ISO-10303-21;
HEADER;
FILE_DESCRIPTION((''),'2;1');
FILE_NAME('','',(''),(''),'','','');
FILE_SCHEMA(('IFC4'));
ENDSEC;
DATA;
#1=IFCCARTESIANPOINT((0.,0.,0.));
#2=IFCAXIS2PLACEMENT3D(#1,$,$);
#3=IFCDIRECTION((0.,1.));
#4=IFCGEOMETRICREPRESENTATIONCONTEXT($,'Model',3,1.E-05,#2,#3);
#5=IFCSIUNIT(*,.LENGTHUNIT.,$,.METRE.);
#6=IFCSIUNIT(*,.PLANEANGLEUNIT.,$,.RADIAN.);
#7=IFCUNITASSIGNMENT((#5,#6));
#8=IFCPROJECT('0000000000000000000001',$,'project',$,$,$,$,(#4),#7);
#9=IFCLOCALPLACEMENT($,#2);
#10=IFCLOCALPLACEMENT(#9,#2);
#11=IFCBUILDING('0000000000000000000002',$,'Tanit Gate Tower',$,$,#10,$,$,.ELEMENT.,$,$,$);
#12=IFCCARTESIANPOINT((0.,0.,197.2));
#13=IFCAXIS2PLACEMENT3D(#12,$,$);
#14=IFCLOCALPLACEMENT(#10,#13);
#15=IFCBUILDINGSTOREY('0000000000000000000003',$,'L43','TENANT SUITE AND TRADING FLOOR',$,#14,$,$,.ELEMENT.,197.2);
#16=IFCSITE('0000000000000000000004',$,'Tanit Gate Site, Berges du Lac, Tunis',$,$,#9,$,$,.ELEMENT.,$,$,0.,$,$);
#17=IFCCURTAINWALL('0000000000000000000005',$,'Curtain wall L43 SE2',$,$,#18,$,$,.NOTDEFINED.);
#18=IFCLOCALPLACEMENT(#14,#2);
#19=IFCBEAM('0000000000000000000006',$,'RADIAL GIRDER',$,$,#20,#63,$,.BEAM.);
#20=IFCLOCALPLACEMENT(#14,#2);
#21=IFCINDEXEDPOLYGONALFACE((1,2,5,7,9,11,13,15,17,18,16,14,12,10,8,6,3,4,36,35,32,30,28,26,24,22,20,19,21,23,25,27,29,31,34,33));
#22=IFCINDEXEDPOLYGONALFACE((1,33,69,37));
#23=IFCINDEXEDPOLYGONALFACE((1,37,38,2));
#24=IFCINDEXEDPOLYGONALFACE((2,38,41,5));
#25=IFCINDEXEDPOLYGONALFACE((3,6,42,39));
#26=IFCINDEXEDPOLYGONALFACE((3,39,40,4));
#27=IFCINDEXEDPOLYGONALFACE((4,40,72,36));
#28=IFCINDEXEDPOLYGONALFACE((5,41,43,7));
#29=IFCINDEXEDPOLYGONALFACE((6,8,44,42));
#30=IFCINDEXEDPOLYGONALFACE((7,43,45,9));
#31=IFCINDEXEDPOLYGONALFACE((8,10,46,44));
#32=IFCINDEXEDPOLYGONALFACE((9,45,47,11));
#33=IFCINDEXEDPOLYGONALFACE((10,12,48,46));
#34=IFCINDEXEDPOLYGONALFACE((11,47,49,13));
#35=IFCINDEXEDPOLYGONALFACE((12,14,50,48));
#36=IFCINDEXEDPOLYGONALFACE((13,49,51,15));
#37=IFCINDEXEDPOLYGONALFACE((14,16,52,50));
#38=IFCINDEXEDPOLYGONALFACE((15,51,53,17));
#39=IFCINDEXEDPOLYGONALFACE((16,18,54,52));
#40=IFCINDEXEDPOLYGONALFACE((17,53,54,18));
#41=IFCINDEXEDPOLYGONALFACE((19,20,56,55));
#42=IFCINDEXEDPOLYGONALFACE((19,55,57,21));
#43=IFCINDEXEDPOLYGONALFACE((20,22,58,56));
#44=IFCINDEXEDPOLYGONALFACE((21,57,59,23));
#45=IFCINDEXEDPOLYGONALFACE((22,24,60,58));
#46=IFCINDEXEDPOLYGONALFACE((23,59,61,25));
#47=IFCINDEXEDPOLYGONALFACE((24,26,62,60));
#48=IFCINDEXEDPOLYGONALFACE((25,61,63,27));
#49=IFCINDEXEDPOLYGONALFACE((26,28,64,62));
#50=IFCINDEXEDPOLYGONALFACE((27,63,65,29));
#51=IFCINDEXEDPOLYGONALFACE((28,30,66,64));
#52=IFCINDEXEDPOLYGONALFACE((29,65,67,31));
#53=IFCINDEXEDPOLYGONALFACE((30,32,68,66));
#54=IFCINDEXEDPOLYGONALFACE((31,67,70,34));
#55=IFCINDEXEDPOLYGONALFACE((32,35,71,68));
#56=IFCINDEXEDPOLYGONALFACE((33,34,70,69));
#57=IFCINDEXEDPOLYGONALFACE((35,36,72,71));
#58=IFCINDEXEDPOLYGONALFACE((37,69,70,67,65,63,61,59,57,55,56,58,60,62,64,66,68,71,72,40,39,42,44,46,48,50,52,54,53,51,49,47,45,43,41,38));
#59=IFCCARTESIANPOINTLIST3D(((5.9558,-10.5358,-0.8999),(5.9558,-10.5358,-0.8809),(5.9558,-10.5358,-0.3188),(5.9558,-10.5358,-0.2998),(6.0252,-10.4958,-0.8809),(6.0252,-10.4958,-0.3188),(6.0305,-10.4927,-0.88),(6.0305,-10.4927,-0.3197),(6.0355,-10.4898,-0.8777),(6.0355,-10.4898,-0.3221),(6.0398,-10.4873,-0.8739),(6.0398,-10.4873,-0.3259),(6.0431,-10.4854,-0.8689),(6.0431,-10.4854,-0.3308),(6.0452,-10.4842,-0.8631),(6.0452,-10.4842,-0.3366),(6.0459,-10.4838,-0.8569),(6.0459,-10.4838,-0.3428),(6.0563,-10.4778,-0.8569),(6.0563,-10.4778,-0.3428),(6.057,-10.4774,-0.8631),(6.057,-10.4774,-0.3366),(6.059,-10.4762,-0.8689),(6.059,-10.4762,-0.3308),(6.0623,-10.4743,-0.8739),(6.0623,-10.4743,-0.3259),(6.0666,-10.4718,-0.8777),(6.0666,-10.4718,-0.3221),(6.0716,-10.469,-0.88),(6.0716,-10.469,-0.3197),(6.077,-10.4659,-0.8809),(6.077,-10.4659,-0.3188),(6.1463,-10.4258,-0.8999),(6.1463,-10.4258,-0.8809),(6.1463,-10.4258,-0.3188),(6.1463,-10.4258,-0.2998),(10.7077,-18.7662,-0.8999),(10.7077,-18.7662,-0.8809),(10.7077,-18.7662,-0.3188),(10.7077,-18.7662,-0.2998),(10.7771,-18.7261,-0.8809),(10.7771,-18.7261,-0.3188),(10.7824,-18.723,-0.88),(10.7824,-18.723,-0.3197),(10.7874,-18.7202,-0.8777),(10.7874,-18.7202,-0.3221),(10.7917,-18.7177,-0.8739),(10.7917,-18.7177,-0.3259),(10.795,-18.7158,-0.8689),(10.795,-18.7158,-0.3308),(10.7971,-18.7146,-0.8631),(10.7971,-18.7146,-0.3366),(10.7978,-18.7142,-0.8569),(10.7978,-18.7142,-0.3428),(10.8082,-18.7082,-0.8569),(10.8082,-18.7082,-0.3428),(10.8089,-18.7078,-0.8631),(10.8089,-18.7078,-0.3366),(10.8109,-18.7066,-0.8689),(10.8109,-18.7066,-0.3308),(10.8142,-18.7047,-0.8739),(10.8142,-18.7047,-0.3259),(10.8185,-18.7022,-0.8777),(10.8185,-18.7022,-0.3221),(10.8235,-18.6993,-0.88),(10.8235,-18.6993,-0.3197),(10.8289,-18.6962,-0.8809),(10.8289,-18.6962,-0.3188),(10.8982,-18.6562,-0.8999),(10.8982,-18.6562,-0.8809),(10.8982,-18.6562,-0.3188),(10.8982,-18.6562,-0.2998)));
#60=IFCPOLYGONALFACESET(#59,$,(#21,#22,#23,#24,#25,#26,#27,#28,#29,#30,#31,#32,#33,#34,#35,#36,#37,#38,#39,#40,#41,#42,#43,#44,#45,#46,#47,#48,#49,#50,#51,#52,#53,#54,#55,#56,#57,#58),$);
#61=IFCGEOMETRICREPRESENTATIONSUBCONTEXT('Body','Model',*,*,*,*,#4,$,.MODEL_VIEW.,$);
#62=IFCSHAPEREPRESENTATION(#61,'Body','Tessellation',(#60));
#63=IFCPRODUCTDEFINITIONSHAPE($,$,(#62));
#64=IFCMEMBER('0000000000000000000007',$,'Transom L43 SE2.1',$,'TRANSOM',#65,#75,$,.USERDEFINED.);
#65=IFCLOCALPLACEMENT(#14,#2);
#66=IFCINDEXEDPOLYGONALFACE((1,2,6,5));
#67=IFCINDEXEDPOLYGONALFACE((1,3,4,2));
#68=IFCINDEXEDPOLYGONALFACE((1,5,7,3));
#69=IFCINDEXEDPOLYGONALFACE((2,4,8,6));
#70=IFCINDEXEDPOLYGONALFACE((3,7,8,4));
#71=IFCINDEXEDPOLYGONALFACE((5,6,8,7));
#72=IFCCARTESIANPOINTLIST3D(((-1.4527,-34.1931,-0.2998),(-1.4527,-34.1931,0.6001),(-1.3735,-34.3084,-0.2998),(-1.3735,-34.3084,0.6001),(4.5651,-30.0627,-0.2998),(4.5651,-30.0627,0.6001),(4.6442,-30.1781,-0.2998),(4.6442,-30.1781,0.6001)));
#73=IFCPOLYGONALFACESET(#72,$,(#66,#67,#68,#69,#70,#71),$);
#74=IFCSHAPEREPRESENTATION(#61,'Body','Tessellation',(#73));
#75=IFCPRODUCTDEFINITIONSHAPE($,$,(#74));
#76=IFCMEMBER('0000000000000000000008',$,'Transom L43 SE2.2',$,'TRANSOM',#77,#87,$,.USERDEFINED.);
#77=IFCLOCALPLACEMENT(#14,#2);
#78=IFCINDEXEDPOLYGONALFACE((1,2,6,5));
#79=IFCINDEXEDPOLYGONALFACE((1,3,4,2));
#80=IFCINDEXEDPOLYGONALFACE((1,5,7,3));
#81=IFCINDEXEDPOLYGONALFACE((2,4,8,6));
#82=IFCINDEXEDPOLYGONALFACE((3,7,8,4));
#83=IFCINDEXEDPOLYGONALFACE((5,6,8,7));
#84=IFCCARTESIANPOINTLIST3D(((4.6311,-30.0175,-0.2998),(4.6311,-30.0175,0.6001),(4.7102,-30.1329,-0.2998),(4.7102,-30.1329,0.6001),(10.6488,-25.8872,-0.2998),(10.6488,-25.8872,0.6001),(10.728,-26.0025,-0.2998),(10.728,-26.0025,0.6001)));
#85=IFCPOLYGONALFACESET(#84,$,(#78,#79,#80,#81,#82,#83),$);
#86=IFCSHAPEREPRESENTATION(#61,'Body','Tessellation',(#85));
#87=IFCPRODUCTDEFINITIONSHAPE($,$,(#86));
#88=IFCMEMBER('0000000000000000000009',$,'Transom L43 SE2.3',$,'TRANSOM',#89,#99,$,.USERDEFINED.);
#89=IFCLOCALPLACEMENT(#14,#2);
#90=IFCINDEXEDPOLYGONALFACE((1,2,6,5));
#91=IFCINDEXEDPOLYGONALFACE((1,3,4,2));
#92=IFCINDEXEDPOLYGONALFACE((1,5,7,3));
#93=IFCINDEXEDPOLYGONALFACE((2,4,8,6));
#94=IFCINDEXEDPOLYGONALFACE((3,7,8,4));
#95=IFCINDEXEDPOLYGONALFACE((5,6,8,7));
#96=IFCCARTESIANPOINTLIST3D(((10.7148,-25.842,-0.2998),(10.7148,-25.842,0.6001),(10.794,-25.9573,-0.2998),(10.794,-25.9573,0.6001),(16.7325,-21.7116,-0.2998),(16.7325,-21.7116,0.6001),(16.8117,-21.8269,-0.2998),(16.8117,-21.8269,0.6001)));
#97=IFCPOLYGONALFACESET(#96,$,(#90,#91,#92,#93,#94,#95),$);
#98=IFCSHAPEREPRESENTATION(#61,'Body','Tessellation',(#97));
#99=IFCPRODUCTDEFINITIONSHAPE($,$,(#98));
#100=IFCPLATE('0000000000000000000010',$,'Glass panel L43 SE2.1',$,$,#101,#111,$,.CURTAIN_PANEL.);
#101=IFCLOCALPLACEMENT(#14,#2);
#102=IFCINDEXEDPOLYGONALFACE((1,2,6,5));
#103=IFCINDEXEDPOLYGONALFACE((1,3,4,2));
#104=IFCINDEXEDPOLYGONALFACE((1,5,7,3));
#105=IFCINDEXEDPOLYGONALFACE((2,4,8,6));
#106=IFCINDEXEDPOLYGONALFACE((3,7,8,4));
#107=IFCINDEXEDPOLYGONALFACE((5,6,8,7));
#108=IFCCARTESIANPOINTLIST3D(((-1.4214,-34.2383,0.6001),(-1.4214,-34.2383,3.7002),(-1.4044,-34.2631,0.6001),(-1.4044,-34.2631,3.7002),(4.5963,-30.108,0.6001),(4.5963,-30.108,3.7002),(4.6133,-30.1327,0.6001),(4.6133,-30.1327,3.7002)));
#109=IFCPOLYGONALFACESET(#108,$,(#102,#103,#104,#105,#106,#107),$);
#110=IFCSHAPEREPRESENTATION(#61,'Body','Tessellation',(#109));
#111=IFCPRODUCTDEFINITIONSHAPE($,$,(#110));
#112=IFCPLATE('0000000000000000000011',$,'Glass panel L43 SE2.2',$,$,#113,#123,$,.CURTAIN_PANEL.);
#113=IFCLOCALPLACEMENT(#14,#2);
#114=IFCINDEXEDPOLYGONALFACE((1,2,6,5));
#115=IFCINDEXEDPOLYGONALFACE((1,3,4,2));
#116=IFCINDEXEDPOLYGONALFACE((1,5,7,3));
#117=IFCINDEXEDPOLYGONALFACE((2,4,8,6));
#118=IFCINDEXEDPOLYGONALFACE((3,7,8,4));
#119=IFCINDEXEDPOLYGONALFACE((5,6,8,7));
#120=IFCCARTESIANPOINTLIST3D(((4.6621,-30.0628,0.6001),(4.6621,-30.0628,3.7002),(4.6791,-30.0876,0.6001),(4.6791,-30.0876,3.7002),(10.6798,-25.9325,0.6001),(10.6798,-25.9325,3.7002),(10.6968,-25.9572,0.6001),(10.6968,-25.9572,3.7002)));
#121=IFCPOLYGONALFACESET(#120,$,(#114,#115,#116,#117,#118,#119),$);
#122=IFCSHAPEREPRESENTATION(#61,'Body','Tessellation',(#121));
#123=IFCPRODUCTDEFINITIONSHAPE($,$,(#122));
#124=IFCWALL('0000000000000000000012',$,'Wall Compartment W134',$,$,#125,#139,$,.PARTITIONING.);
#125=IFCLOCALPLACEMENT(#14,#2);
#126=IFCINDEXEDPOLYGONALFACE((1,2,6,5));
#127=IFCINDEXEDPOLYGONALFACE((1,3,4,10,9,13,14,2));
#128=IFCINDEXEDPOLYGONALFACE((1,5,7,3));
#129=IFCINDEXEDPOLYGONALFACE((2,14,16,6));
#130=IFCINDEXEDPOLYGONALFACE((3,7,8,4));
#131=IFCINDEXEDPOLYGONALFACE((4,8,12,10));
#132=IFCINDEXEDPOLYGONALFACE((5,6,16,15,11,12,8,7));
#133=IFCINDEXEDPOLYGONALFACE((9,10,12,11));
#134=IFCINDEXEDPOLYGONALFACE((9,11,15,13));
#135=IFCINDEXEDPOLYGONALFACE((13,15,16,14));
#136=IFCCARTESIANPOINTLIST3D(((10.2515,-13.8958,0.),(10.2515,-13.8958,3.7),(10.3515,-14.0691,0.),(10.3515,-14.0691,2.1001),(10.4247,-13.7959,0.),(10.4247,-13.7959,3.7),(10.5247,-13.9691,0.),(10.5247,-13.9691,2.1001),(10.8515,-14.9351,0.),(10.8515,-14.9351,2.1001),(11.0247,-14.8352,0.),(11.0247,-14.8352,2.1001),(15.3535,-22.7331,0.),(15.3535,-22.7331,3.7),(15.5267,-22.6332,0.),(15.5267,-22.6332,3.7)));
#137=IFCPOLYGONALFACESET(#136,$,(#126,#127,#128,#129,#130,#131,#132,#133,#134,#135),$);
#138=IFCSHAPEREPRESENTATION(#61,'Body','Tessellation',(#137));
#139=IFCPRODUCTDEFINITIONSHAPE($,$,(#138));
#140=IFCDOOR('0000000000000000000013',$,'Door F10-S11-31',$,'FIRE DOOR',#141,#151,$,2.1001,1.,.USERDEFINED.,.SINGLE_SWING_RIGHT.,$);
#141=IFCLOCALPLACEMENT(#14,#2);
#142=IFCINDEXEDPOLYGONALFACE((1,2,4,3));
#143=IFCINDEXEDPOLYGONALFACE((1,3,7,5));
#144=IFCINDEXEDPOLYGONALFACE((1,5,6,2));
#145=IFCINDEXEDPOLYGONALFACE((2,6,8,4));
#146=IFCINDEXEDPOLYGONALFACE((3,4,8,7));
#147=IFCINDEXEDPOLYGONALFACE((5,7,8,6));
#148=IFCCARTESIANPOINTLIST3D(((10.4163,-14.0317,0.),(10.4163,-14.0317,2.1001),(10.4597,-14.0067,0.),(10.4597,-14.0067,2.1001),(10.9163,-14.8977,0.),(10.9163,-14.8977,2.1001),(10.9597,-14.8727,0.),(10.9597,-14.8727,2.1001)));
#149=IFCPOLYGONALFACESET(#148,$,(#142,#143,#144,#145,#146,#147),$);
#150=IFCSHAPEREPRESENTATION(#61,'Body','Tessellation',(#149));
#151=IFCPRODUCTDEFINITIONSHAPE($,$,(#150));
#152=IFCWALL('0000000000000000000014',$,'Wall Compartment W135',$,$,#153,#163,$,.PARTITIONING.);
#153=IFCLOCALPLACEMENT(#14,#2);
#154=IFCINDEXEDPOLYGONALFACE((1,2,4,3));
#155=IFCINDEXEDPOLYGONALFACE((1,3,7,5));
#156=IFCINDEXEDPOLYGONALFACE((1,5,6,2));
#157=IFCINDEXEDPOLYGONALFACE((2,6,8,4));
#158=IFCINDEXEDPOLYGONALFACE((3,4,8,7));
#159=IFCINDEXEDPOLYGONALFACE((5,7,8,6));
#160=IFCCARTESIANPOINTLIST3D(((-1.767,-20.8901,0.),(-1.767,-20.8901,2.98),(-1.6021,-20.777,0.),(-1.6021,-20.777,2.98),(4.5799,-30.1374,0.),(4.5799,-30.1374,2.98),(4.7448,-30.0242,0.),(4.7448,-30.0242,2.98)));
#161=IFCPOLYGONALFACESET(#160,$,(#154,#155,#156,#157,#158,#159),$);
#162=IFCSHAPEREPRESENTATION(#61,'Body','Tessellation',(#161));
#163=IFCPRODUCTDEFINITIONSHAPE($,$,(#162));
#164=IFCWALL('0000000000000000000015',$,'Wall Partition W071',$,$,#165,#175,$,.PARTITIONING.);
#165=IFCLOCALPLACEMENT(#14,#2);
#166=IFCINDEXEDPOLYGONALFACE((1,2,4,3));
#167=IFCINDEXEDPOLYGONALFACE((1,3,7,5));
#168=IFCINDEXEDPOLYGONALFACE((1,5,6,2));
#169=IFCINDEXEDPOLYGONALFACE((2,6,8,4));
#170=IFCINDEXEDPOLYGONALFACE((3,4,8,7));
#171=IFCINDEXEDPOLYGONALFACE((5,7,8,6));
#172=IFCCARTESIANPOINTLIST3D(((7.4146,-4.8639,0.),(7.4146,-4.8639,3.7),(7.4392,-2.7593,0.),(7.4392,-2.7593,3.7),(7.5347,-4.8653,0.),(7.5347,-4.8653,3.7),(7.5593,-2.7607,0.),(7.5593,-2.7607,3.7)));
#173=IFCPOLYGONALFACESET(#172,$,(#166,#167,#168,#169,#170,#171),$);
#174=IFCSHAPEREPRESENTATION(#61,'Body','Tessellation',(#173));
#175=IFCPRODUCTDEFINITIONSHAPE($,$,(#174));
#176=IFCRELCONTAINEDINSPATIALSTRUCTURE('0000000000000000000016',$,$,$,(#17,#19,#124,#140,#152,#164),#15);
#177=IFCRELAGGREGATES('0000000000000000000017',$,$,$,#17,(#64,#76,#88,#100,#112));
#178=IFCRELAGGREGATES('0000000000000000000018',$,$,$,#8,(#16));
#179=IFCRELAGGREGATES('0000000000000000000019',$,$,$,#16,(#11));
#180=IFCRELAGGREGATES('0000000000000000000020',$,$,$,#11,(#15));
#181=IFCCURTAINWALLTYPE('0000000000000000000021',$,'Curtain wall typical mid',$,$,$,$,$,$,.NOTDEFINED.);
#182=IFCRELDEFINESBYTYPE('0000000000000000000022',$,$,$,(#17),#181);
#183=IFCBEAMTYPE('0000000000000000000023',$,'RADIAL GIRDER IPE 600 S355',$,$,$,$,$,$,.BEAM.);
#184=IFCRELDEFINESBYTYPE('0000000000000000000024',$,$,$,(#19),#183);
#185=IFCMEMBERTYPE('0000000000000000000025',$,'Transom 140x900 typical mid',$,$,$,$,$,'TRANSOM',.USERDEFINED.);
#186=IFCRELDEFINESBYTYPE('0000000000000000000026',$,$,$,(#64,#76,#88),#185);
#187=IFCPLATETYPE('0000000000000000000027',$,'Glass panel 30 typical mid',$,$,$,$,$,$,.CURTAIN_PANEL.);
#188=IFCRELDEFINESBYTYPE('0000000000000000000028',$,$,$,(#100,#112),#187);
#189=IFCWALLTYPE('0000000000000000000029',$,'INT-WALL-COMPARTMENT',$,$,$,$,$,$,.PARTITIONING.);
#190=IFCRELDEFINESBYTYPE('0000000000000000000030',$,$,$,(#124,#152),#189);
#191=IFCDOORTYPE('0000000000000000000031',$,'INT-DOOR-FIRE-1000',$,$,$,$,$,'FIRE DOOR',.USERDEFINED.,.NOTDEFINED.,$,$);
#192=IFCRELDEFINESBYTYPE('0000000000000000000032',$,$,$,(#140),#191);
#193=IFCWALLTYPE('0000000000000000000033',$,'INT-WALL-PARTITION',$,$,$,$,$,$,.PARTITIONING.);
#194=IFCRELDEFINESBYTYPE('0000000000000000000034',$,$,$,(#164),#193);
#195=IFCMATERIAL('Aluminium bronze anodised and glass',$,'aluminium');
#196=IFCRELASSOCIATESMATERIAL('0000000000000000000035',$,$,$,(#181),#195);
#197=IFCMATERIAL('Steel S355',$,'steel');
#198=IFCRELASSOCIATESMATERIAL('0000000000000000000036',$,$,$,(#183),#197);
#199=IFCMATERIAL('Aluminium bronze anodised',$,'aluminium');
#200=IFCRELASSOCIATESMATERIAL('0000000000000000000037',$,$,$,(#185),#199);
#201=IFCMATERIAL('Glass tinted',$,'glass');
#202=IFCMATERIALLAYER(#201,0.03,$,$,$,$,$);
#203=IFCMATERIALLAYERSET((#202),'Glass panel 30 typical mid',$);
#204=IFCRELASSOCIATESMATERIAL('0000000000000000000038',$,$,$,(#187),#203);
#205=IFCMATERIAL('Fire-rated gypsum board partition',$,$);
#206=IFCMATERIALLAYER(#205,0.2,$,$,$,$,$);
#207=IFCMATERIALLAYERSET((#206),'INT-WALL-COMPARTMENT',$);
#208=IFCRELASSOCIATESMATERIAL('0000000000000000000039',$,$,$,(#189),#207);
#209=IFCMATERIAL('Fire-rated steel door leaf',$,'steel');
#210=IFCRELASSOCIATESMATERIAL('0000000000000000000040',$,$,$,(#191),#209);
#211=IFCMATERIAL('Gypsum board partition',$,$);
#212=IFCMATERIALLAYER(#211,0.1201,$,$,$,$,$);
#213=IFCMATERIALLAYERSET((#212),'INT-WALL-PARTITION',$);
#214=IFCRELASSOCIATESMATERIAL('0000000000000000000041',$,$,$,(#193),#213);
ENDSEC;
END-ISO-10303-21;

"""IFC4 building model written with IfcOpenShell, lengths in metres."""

from ifc_helpers import new_model, si_unit, direction, frame, frame_2d, origin, origin_2d, place, context, subcontext, project, spatial, rectangle, i_section, extrude, material, layer, layer_set, material_profile, profile_set, type_object, element, fill, aggregate, save


model = new_model("IFC4")

# Units and contexts
model_context = context("Model", 3, precision=1e-05, world=origin(), true_north=direction((0.0, 1.0)))
body_context = subcontext(model_context, "Body", "Model", "MODEL_VIEW")
ifc_project = project(units=[si_unit("LENGTHUNIT", "METRE"), si_unit("PLANEANGLEUNIT", "RADIAN")], contexts=[model_context])

# Site, building, storey
site_placement = place(None, origin())
site = spatial("IfcSite", under=ifc_project, at=site_placement, Name="Tanit Gate Site, Berges du Lac, Tunis", CompositionType="ELEMENT", RefElevation=0.0)
building_placement = place(site_placement, origin())
building = spatial("IfcBuilding", under=site, at=building_placement, Name="Tanit Gate Tower", CompositionType="ELEMENT")
storey_placement = place(building_placement, frame((0.0, 0.0, 197.2)))
storey = spatial("IfcBuildingStorey", under=building, at=storey_placement, Name="L43", Description="TENANT SUITE AND TRADING FLOOR", CompositionType="ELEMENT", Elevation=197.2)

# Curtain wall
ifc_material_1 = material(Name="Aluminium bronze anodised and glass", Category="aluminium")
curtain_wall_type = type_object("IfcCurtainWallType", Name="Curtain wall typical mid", PredefinedType="NOTDEFINED", material=ifc_material_1)
curtain_wall_1_placement = place(storey_placement, origin())
curtain_wall_1 = element("IfcCurtainWall", 1, at=curtain_wall_1_placement, inside=storey, type_object=curtain_wall_type, Name="Curtain wall L43 SE2", PredefinedType="NOTDEFINED")

# Beam
ifc_material_2 = material(Name="Steel S355", Category="steel")
ifc_material_profile_1 = material_profile(ifc_material_2, i_section(OverallWidth=0.22, OverallDepth=0.6001, WebThickness=0.012, FlangeThickness=0.019, FilletRadius=0.0239, at=origin_2d()), Name="IPE 600")
ifc_profile_set_1 = profile_set([ifc_material_profile_1], Name="Steel S355")
beam_type_1 = type_object("IfcBeamType", Name="RADIAL GIRDER IPE 600 S355", PredefinedType="BEAM", material=ifc_profile_set_1)
beam_1_placement = place(storey_placement, frame((10.803, -18.7112, -0.5999), z_axis=(-0.500007, 0.866021, 0.0), x_axis=(-0.866021, -0.500007, 0.0)))
element("IfcBeam", 2, at=beam_1_placement, inside=storey, type_object=beam_type_1, Name="RADIAL GIRDER", PredefinedType="BEAM", context=body_context, shape_type="SweptSolid", body=[
    extrude(i_section(OverallWidth=0.22, OverallDepth=0.6001, WebThickness=0.012, FlangeThickness=0.019, FilletRadius=0.0239, at=origin_2d()), origin(), (0.0, 0.0, 1.0), 9.5037),
])

# Members
ifc_material_3 = material(Name="Aluminium bronze anodised", Category="aluminium")
ifc_material_profile_2 = material_profile(ifc_material_3, rectangle(XDim=0.1399, YDim=0.8999, at=origin_2d()), Name="140x900 bronze transom")
ifc_profile_set_2 = profile_set([ifc_material_profile_2], Name="Aluminium bronze anodised")
member_type_1 = type_object("IfcMemberType", Name="Transom 140x900 typical mid", ElementType="TRANSOM", PredefinedType="USERDEFINED", material=ifc_profile_set_2)
member_1_placement = place(storey_placement, frame((-1.4131, -34.2507, 0.1501), z_axis=(0.824482, 0.565888, 0.0), x_axis=(-0.565888, 0.824482, 0.0)))
member_1 = element("IfcMember", 3, at=member_1_placement, type_object=member_type_1, Name="Transom L43 SE2.1", ObjectType="TRANSOM", PredefinedType="USERDEFINED", context=body_context, shape_type="SweptSolid", body=[
    extrude(rectangle(XDim=0.1399, YDim=0.8999, at=origin_2d()), origin(), (0.0, 0.0, 1.0), 7.2988),
])
member_2_placement = place(storey_placement, frame((4.6707, -30.0752, 0.1501), z_axis=(0.824482, 0.565888, 0.0), x_axis=(-0.565888, 0.824482, 0.0)))
member_2 = element("IfcMember", 4, at=member_2_placement, type_object=member_type_1, Name="Transom L43 SE2.2", ObjectType="TRANSOM", PredefinedType="USERDEFINED", context=body_context, shape_type="SweptSolid", body=[
    extrude(rectangle(XDim=0.1399, YDim=0.8999, at=origin_2d()), origin(), (0.0, 0.0, 1.0), 7.2988),
])
member_3_placement = place(storey_placement, frame((10.7544, -25.8997, 0.1501), z_axis=(0.824471, 0.565904, 0.0), x_axis=(-0.565904, 0.824471, 0.0)))
member_3 = element("IfcMember", 5, at=member_3_placement, type_object=member_type_1, Name="Transom L43 SE2.3", ObjectType="TRANSOM", PredefinedType="USERDEFINED", context=body_context, shape_type="SweptSolid", body=[
    extrude(rectangle(XDim=0.1399, YDim=0.8999, at=origin_2d()), origin(), (0.0, 0.0, 1.0), 7.2988),
])

# Plates
ifc_material_4 = material(Name="Glass tinted", Category="glass")
ifc_layer_1 = layer(ifc_material_4, 0.03)
ifc_layer_set_1 = layer_set([ifc_layer_1], Name="Glass panel 30 typical mid")
plate_type = type_object("IfcPlateType", Name="Glass panel 30 typical mid", PredefinedType="CURTAIN_PANEL", material=ifc_layer_set_1)
plate_1_placement = place(storey_placement, frame((1.5959, -32.1855, 0.6001), z_axis=(0.0, 0.0, 1.0), x_axis=(0.824479, 0.565893, 0.0)))
plate_1 = element("IfcPlate", 6, at=plate_1_placement, type_object=plate_type, Name="Glass panel L43 SE2.1", PredefinedType="CURTAIN_PANEL", context=body_context, shape_type="SweptSolid", body=[
    extrude(rectangle(XDim=7.2988, YDim=0.03, at=origin_2d()), origin(), (0.0, 0.0, 1.0), 3.1001),
])
plate_2_placement = place(storey_placement, frame((7.6794, -28.01, 0.6001), z_axis=(0.0, 0.0, 1.0), x_axis=(0.824479, 0.565893, 0.0)))
plate_2 = element("IfcPlate", 7, at=plate_2_placement, type_object=plate_type, Name="Glass panel L43 SE2.2", PredefinedType="CURTAIN_PANEL", context=body_context, shape_type="SweptSolid", body=[
    extrude(rectangle(XDim=7.2988, YDim=0.03, at=origin_2d()), origin(), (0.0, 0.0, 1.0), 3.1001),
])
aggregate(curtain_wall_1, [member_1, member_2, member_3, plate_1, plate_2])

# Wall, opening, door
ifc_material_5 = material(Name="Fire-rated gypsum board partition")
ifc_layer_2 = layer(ifc_material_5, 0.2)
ifc_layer_set_2 = layer_set([ifc_layer_2], Name="INT-WALL-COMPARTMENT")
wall_type_1 = type_object("IfcWallType", Name="INT-WALL-COMPARTMENT", PredefinedType="PARTITIONING", material=ifc_layer_set_2)
wall_1_placement = place(storey_placement, frame((10.3381, -13.8459, 0.0), z_axis=(0.0, 0.0, 1.0), x_axis=(0.499983, -0.866035, 0.0)))
wall_1 = element("IfcWall", 8, at=wall_1_placement, inside=storey, type_object=wall_type_1, Name="Wall Compartment W134", PredefinedType="PARTITIONING", context=body_context, shape_type="SweptSolid", body=[
    extrude(rectangle(XDim=10.2043, YDim=0.2, at=frame_2d((5.1021, 0.0))), origin(), (0.0, 0.0, 1.0), 3.7),
])
opening_placement = place(wall_1_placement, frame((0.2, 0.0, 0.0)))
opening = element("IfcOpeningElement", 9, at=opening_placement, cuts=wall_1, PredefinedType="OPENING", context=body_context, shape_type="SweptSolid", body=[
    extrude(rectangle(XDim=1.0, YDim=2.1001, at=frame_2d((0.5, 1.05))), frame((0.0, 0.1099, 0.0), z_axis=(0.0, -1.0, 0.0), x_axis=(1.0, 0.0, 0.0)), (0.0, 0.0, 1.0), 0.22),
])
ifc_material_6 = material(Name="Fire-rated steel door leaf", Category="steel")
door_type = type_object("IfcDoorType", Name="INT-DOOR-FIRE-1000", ElementType="FIRE DOOR", OperationType="NOTDEFINED", PredefinedType="USERDEFINED", material=ifc_material_6)
door_placement = place(opening_placement, origin())
door = element("IfcDoor", 10, at=door_placement, inside=storey, type_object=door_type, Name="Door F10-S11-31", ObjectType="FIRE DOOR", OperationType="SINGLE_SWING_RIGHT", OverallHeight=2.1001, OverallWidth=1.0, PredefinedType="USERDEFINED", context=body_context, shape_type="SweptSolid", body=[
    extrude(rectangle(XDim=1.0, YDim=2.1001, at=frame_2d((0.5, 1.05))), frame((0.0, 0.0249, 0.0), z_axis=(0.0, -1.0, 0.0), x_axis=(1.0, 0.0, 0.0)), (0.0, 0.0, 1.0), 0.05),
])
fill(opening, door)

# Walls
wall_2_placement = place(storey_placement, frame((4.6624, -30.0808, 0.0), z_axis=(0.0, 0.0, 1.0), x_axis=(-0.565887, 0.824483, 0.0)))
element("IfcWall", 11, at=wall_2_placement, inside=storey, type_object=wall_type_1, Name="Wall Compartment W135", PredefinedType="PARTITIONING", context=body_context, shape_type="SweptSolid", body=[
    extrude(rectangle(XDim=11.2158, YDim=0.2, at=frame_2d((5.6079, 0.0))), origin(), (0.0, 0.0, 1.0), 2.98),
])
ifc_material_7 = material(Name="Gypsum board partition")
ifc_layer_3 = layer(ifc_material_7, 0.1201)
ifc_layer_set_3 = layer_set([ifc_layer_3], Name="INT-WALL-PARTITION")
wall_type_2 = type_object("IfcWallType", Name="INT-WALL-PARTITION", PredefinedType="PARTITIONING", material=ifc_layer_set_3)
wall_3_placement = place(storey_placement, frame((7.4746, -4.8645, 0.0), z_axis=(0.0, 0.0, 1.0), x_axis=(0.011716, 0.999931, 0.0)))
element("IfcWall", 12, at=wall_3_placement, inside=storey, type_object=wall_type_2, Name="Wall Partition W071", PredefinedType="PARTITIONING", context=body_context, shape_type="SweptSolid", body=[
    extrude(rectangle(XDim=2.1047, YDim=0.1201, at=frame_2d((1.0522, 0.0))), origin(), (0.0, 0.0, 1.0), 3.7),
])

save(model, "model.ifc")
